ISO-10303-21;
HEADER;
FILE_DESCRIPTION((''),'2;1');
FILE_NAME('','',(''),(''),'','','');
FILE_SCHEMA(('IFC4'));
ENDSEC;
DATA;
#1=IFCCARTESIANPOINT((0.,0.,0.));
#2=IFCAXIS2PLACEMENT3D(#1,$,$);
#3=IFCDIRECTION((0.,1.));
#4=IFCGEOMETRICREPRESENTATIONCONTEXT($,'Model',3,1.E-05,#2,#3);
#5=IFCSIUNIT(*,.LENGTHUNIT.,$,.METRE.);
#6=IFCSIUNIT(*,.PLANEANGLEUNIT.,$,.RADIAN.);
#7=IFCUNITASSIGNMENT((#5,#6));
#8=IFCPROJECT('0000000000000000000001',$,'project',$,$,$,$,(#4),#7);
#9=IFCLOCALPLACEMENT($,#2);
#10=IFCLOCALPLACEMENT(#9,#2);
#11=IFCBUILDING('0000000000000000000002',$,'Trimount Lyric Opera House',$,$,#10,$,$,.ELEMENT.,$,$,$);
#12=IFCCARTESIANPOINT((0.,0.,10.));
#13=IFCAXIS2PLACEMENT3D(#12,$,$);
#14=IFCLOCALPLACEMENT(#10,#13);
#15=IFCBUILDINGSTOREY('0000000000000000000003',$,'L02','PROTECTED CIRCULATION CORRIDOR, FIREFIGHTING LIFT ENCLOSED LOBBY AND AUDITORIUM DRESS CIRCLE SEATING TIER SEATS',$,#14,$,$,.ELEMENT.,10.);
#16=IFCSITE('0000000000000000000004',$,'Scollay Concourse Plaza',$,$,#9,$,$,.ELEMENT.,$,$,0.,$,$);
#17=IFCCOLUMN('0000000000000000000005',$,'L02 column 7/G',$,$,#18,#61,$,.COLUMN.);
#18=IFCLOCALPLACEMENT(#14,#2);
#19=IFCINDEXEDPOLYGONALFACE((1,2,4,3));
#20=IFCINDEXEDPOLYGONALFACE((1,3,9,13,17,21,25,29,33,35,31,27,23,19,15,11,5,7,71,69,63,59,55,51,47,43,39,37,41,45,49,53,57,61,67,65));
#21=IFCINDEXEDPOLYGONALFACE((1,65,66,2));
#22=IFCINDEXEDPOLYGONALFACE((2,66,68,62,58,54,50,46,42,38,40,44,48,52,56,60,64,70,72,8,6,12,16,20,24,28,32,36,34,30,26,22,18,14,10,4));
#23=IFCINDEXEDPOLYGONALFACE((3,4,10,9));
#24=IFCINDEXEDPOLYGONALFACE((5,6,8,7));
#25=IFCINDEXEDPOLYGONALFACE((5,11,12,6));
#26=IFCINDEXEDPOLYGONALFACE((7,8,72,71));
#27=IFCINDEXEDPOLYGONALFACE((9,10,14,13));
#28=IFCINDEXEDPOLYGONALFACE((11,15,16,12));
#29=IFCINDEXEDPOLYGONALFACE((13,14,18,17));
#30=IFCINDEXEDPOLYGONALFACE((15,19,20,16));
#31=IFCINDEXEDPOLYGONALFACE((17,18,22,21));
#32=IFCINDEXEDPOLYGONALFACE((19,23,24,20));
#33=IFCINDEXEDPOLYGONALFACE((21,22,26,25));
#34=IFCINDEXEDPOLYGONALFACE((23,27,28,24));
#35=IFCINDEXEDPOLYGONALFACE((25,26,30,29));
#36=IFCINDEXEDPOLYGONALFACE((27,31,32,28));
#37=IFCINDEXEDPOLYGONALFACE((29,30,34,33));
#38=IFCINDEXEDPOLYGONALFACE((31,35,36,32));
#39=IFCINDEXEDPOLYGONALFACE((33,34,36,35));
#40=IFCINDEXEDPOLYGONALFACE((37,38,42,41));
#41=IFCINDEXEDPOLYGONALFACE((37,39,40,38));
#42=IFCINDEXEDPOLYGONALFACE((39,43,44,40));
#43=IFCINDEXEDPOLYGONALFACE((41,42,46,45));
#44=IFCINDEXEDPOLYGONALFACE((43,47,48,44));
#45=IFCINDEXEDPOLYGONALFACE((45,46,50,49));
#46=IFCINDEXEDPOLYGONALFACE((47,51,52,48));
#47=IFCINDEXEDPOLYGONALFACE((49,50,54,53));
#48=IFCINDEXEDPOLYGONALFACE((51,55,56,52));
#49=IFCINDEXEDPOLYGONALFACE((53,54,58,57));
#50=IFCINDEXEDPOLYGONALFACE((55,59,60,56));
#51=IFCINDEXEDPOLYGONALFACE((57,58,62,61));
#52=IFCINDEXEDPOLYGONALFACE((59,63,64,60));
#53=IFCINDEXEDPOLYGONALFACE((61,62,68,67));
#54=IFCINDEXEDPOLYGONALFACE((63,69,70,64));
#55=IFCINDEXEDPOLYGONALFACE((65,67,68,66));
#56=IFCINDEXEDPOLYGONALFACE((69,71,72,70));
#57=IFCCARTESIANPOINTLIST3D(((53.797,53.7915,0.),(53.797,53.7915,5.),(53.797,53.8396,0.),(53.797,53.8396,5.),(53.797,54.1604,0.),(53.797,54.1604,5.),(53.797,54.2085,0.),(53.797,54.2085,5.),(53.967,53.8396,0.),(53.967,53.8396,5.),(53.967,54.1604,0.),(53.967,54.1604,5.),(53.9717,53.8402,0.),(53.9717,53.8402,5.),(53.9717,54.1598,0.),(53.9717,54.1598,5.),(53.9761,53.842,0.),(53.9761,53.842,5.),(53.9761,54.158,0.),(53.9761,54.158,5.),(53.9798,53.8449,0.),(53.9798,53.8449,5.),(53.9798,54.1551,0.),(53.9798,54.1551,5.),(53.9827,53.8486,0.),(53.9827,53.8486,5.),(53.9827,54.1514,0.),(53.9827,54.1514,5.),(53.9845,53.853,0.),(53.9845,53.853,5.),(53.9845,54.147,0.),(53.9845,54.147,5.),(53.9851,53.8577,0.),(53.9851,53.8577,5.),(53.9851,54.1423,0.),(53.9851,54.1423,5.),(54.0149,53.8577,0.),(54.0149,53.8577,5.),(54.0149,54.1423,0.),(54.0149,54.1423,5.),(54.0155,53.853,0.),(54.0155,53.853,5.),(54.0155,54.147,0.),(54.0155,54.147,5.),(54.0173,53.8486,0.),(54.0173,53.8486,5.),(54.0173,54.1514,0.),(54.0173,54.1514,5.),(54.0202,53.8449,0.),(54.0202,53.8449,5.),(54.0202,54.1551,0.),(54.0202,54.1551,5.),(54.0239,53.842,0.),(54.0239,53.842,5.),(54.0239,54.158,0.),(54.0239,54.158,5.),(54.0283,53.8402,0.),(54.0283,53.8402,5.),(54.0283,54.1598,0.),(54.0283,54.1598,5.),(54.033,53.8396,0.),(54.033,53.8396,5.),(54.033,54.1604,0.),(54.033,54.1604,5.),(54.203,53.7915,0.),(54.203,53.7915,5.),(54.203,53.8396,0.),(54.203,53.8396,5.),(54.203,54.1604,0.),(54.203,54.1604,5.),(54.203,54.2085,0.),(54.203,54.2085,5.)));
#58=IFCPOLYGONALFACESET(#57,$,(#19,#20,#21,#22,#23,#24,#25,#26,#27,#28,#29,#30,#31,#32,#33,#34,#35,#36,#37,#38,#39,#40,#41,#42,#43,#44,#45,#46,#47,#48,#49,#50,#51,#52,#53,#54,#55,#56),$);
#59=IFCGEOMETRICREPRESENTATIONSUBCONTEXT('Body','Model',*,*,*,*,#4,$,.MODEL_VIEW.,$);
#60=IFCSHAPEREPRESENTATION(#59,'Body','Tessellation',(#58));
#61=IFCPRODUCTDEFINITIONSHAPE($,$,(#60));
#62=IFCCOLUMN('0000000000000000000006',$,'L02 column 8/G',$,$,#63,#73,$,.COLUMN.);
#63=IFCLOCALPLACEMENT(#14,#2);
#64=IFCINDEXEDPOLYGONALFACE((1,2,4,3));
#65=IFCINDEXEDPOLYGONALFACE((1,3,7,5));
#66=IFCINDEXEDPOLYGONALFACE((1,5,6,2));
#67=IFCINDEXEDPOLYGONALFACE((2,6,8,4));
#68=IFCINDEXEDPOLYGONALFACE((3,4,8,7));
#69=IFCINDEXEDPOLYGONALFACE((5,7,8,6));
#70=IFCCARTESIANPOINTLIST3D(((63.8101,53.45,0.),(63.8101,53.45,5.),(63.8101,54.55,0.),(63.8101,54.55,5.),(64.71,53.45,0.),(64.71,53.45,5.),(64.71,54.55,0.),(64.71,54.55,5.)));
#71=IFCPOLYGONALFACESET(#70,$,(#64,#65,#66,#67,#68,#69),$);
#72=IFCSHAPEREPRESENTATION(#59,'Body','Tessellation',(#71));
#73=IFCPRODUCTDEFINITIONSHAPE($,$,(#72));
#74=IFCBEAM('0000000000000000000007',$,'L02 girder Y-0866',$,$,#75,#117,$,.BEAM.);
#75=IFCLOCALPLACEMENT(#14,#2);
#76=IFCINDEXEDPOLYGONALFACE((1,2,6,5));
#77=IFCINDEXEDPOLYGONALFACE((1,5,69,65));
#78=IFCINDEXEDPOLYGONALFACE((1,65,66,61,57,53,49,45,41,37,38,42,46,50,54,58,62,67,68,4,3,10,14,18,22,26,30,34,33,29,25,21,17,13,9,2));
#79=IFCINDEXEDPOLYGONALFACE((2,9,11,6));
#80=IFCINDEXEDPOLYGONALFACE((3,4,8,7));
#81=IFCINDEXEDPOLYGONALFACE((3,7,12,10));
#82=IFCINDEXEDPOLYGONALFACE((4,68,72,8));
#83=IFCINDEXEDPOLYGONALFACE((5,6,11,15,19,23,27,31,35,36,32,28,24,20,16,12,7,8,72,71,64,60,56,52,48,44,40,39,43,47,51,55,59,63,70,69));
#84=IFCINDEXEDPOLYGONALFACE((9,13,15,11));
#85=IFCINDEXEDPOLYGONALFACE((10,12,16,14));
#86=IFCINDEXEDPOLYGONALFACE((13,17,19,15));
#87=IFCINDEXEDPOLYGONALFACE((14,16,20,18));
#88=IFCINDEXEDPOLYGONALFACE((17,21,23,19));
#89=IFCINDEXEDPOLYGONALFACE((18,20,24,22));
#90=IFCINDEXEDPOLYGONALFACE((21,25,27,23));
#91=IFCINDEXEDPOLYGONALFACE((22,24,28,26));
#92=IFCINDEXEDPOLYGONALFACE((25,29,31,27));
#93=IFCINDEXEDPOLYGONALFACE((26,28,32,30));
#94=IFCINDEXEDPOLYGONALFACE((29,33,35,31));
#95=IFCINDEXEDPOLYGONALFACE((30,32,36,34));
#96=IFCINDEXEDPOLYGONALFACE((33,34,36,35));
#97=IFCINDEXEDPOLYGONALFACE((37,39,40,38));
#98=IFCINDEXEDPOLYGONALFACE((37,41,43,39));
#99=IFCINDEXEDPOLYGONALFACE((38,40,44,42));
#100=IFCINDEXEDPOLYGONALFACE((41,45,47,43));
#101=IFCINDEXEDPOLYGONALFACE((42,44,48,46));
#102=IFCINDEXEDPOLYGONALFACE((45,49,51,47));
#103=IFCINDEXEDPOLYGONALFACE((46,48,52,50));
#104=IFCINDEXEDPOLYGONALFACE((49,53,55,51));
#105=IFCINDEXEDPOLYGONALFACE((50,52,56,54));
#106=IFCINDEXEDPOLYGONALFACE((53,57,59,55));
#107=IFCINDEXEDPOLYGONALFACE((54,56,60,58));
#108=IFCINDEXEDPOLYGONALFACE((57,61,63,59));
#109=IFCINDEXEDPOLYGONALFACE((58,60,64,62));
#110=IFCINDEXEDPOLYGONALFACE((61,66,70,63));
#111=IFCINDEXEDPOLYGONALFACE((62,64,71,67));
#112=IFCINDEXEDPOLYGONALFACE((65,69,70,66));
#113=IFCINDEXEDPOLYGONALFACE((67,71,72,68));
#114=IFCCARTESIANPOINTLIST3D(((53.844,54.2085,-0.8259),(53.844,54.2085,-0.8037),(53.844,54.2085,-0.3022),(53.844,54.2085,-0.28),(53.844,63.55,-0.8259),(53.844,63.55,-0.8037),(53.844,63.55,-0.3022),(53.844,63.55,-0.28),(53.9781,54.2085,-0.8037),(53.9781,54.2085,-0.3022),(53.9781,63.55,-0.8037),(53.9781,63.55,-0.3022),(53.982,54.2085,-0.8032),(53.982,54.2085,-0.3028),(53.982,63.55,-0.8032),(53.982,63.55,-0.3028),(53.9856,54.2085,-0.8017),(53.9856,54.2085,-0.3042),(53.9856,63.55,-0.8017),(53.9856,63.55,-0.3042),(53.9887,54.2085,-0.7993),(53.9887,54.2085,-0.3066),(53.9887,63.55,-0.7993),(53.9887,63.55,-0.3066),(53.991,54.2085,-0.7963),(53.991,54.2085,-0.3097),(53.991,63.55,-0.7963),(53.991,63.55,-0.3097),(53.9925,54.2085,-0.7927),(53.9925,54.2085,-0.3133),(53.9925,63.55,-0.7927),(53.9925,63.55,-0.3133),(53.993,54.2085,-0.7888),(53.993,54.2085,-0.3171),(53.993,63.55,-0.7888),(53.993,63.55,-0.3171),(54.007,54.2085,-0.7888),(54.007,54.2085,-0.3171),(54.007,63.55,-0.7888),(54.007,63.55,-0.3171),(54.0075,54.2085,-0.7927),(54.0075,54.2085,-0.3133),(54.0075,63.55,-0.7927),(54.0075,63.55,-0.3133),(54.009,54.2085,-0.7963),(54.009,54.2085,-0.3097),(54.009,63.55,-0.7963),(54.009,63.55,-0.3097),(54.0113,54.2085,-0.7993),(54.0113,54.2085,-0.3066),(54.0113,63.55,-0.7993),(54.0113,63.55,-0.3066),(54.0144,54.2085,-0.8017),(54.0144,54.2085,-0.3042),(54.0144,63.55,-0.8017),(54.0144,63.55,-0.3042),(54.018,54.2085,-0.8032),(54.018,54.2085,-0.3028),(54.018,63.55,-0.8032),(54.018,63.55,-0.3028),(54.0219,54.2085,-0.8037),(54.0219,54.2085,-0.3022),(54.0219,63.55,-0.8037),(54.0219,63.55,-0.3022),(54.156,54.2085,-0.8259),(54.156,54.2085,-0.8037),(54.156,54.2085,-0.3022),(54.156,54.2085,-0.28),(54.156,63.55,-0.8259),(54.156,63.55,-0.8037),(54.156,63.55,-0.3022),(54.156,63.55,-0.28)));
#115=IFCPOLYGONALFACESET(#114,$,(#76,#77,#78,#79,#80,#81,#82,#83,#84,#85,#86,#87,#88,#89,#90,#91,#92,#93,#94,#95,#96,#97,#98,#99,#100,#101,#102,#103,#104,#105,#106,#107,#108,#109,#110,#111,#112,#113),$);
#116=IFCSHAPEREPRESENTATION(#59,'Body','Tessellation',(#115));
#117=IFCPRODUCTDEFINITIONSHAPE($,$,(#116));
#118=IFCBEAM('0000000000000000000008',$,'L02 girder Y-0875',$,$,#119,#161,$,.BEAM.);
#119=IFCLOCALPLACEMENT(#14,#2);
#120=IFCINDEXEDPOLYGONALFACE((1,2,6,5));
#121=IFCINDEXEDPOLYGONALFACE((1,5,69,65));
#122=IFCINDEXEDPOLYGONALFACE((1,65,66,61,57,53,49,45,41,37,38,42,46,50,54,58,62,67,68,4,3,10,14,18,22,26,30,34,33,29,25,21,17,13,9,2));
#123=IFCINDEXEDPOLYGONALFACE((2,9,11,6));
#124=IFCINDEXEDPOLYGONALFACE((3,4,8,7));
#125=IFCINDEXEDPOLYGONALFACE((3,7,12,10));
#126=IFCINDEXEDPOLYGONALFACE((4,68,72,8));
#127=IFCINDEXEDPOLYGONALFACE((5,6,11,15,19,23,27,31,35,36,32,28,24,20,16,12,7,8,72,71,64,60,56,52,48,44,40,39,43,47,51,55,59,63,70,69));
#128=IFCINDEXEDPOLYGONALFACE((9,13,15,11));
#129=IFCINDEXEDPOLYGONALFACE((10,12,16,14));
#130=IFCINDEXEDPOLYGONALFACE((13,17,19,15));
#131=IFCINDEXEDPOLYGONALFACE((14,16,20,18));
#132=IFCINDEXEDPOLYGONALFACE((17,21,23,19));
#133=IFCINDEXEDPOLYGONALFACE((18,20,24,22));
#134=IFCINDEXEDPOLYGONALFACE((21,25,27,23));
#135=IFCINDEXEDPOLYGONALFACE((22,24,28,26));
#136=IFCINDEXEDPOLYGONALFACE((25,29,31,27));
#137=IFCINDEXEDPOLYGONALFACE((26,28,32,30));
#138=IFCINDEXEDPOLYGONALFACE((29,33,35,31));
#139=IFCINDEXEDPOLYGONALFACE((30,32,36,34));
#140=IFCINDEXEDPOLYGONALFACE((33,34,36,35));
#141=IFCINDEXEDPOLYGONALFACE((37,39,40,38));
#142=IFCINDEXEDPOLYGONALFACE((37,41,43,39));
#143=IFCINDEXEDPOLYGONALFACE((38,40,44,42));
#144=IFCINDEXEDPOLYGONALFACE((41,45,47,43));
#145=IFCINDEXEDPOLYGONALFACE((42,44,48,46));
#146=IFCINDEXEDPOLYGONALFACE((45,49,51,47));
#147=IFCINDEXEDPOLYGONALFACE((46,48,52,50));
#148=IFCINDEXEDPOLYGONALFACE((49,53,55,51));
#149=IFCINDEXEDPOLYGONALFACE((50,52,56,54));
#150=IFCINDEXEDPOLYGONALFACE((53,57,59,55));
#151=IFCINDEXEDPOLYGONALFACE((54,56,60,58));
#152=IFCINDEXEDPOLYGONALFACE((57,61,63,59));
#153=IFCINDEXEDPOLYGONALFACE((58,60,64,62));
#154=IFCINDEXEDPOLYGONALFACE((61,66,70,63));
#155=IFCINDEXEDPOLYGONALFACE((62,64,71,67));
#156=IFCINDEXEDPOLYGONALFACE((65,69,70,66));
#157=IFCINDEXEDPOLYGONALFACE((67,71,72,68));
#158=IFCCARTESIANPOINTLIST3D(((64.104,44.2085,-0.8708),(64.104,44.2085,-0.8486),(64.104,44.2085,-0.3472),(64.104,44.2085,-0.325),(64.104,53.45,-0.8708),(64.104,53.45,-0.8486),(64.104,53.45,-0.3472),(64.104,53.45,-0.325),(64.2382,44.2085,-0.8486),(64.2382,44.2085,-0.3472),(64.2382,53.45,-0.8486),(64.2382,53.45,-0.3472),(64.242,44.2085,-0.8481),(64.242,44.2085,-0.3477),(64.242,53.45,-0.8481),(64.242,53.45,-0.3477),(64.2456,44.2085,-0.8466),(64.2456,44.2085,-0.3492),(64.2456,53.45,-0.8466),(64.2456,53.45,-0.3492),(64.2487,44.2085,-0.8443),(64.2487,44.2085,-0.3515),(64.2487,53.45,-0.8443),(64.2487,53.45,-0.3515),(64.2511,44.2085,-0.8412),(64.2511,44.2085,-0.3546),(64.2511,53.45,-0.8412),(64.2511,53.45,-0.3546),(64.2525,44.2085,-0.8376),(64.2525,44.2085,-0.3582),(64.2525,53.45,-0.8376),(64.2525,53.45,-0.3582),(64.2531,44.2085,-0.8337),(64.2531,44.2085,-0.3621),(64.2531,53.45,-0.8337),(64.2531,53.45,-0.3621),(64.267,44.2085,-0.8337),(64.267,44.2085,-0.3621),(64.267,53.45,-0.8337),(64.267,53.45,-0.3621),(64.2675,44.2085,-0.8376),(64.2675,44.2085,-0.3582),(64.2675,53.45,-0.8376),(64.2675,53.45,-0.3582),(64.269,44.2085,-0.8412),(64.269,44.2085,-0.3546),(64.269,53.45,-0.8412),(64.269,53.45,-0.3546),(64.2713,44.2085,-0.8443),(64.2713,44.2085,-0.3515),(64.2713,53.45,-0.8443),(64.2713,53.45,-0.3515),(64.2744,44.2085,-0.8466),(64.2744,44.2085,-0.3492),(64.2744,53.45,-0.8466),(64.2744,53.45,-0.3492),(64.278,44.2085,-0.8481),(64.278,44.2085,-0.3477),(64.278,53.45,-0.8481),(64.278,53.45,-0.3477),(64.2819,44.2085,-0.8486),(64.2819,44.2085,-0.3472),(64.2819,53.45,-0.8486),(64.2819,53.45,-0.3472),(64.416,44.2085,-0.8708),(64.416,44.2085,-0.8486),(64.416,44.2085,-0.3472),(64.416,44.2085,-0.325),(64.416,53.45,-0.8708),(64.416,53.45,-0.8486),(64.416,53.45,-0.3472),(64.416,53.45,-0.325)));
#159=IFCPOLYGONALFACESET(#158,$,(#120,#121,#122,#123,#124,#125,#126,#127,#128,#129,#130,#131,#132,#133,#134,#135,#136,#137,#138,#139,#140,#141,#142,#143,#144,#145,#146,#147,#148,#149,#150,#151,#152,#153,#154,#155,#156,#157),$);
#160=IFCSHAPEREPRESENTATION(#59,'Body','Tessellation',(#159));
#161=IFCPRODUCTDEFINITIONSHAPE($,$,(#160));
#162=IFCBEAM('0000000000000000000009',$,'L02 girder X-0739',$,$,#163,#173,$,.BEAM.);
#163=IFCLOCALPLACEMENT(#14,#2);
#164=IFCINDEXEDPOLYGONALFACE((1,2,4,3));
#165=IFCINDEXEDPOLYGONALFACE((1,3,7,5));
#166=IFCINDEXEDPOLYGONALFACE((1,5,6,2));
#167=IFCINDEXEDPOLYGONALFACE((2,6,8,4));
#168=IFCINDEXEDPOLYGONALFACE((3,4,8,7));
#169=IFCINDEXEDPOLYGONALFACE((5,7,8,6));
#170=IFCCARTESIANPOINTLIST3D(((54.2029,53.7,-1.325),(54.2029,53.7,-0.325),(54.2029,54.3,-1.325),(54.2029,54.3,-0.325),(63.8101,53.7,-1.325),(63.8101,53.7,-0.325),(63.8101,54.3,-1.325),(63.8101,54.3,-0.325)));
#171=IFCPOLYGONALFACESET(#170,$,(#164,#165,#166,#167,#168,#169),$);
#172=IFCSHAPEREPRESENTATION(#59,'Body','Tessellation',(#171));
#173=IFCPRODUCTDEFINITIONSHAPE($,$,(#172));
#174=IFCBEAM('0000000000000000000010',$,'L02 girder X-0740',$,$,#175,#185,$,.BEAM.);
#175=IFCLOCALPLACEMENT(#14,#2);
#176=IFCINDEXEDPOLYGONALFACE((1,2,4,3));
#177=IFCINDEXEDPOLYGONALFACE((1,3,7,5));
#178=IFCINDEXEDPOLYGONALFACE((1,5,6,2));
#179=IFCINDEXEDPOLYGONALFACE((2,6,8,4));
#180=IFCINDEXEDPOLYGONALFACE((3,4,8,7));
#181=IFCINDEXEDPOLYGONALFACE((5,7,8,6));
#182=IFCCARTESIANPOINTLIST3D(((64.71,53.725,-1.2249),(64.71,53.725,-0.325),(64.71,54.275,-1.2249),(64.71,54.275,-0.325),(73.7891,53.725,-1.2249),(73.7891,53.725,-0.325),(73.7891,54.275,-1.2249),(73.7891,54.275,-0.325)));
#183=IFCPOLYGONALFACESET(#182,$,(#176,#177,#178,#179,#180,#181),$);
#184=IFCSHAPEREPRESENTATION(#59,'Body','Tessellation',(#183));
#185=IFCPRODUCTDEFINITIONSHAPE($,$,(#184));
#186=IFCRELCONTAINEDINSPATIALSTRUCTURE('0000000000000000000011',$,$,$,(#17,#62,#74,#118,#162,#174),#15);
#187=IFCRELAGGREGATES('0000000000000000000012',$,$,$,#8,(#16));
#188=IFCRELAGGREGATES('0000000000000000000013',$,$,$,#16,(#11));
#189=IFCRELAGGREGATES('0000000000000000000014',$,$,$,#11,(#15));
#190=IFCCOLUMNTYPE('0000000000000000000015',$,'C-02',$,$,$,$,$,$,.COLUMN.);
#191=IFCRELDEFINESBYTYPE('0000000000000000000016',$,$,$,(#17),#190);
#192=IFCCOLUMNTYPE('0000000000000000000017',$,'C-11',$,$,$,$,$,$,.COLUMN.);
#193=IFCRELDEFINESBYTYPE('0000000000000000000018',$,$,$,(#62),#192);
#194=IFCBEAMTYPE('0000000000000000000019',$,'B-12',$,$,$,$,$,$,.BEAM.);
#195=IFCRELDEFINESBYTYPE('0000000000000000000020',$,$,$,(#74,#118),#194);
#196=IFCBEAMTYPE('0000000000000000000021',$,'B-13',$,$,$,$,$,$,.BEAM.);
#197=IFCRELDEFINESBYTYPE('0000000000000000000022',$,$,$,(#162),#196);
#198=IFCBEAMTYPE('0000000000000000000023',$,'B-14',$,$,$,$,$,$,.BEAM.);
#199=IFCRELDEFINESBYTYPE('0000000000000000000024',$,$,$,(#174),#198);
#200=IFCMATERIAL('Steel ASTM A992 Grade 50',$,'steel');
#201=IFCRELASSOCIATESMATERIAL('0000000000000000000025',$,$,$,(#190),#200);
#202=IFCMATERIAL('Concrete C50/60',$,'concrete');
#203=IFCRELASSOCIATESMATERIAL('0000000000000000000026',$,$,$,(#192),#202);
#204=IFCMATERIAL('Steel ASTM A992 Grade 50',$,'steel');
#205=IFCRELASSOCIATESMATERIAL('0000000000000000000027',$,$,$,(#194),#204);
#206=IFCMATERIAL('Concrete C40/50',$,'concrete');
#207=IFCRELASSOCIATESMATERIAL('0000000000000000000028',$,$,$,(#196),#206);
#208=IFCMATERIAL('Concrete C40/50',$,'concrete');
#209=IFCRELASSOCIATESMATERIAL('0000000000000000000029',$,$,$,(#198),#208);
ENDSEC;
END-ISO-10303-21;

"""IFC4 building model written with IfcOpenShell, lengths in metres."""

from ifc_helpers import new_model, si_unit, direction, frame, origin, origin_2d, place, context, subcontext, project, spatial, rectangle, i_section, extrude, material, material_profile, profile_set, type_object, element, save


model = new_model("IFC4")

# Units and contexts
model_context = context("Model", 3, precision=1e-05, world=origin(), true_north=direction((0.0, 1.0)))
body_context = subcontext(model_context, "Body", "Model", "MODEL_VIEW")
ifc_project = project(units=[si_unit("LENGTHUNIT", "METRE"), si_unit("PLANEANGLEUNIT", "RADIAN")], contexts=[model_context])

# Site, building, storey
site_placement = place(None, origin())
site = spatial("IfcSite", under=ifc_project, at=site_placement, Name="Scollay Concourse Plaza", CompositionType="ELEMENT", RefElevation=0.0)
building_placement = place(site_placement, origin())
building = spatial("IfcBuilding", under=site, at=building_placement, Name="Trimount Lyric Opera House", CompositionType="ELEMENT")
storey_placement = place(building_placement, frame((0.0, 0.0, 10.0)))
storey = spatial("IfcBuildingStorey", under=building, at=storey_placement, Name="L02", Description="PROTECTED CIRCULATION CORRIDOR, FIREFIGHTING LIFT ENCLOSED LOBBY AND AUDITORIUM DRESS CIRCLE SEATING TIER SEATS", CompositionType="ELEMENT", Elevation=10.0)

# Columns
ifc_material_1 = material(Name="Steel ASTM A992 Grade 50", Category="steel")
ifc_material_profile_1 = material_profile(ifc_material_1, i_section(OverallWidth=0.406, OverallDepth=0.417, WebThickness=0.0298, FlangeThickness=0.0481, FilletRadius=0.0181, at=origin_2d()), Name="W14X257")
ifc_profile_set_1 = profile_set([ifc_material_profile_1], Name="Steel ASTM A992 Grade 50")
column_type_1 = type_object("IfcColumnType", Name="C-02", PredefinedType="COLUMN", material=ifc_profile_set_1)
column_1_placement = place(storey_placement, frame((54.0, 54.0, 0.0), z_axis=(0.0, 0.0, 1.0), x_axis=(1.0, 0.0, 0.0)))
element("IfcColumn", 1, at=column_1_placement, inside=storey, type_object=column_type_1, Name="L02 column 7/G", PredefinedType="COLUMN", context=body_context, shape_type="SweptSolid", body=[
    extrude(i_section(OverallWidth=0.406, OverallDepth=0.417, WebThickness=0.0298, FlangeThickness=0.0481, FilletRadius=0.0181, at=origin_2d()), origin(), (0.0, 0.0, 1.0), 5.0),
])
ifc_material_2 = material(Name="Concrete C50/60", Category="concrete")
ifc_material_profile_2 = material_profile(ifc_material_2, rectangle(XDim=0.8999, YDim=1.1001, at=origin_2d()), Name="RC1100X900")
ifc_profile_set_2 = profile_set([ifc_material_profile_2], Name="Concrete C50/60")
column_type_2 = type_object("IfcColumnType", Name="C-11", PredefinedType="COLUMN", material=ifc_profile_set_2)
column_2_placement = place(storey_placement, frame((64.26, 54.0, 0.0), z_axis=(0.0, 0.0, 1.0), x_axis=(1.0, 0.0, 0.0)))
element("IfcColumn", 2, at=column_2_placement, inside=storey, type_object=column_type_2, Name="L02 column 8/G", PredefinedType="COLUMN", context=body_context, shape_type="SweptSolid", body=[
    extrude(rectangle(XDim=0.8999, YDim=1.1001, at=origin_2d()), origin(), (0.0, 0.0, 1.0), 5.0),
])

# Beams
ifc_material_3 = material(Name="Steel ASTM A992 Grade 50", Category="steel")
ifc_material_profile_3 = material_profile(ifc_material_3, i_section(OverallWidth=0.312, OverallDepth=0.5459, WebThickness=0.0139, FlangeThickness=0.0222, FilletRadius=0.0149, at=origin_2d()), Name="W21X111")
ifc_profile_set_3 = profile_set([ifc_material_profile_3], Name="Steel ASTM A992 Grade 50")
beam_type_1 = type_object("IfcBeamType", Name="B-12", PredefinedType="BEAM", material=ifc_profile_set_3)
beam_1_placement = place(storey_placement, frame((54.0, 54.2085, -0.553), z_axis=(0.0, 1.0, 0.0), x_axis=(-1.0, 0.0, 0.0)))
element("IfcBeam", 3, at=beam_1_placement, inside=storey, type_object=beam_type_1, Name="L02 girder Y-0866", PredefinedType="BEAM", context=body_context, shape_type="SweptSolid", body=[
    extrude(i_section(OverallWidth=0.312, OverallDepth=0.5459, WebThickness=0.0139, FlangeThickness=0.0222, FilletRadius=0.0149, at=origin_2d()), origin(), (0.0, 0.0, 1.0), 9.3416),
])
beam_2_placement = place(storey_placement, frame((64.26, 44.2085, -0.5979), z_axis=(0.0, 1.0, 0.0), x_axis=(-1.0, 0.0, 0.0)))
element("IfcBeam", 4, at=beam_2_placement, inside=storey, type_object=beam_type_1, Name="L02 girder Y-0875", PredefinedType="BEAM", context=body_context, shape_type="SweptSolid", body=[
    extrude(i_section(OverallWidth=0.312, OverallDepth=0.5459, WebThickness=0.0139, FlangeThickness=0.0222, FilletRadius=0.0149, at=origin_2d()), origin(), (0.0, 0.0, 1.0), 9.2415),
])
ifc_material_4 = material(Name="Concrete C40/50", Category="concrete")
ifc_material_profile_4 = material_profile(ifc_material_4, rectangle(XDim=0.6001, YDim=1.0, at=origin_2d()), Name="RC600X1000")
ifc_profile_set_4 = profile_set([ifc_material_profile_4], Name="Concrete C40/50")
beam_type_2 = type_object("IfcBeamType", Name="B-13", PredefinedType="BEAM", material=ifc_profile_set_4)
beam_3_placement = place(storey_placement, frame((54.2029, 54.0, -0.825), z_axis=(1.0, 0.0, 0.0), x_axis=(0.0, 1.0, 0.0)))
element("IfcBeam", 5, at=beam_3_placement, inside=storey, type_object=beam_type_2, Name="L02 girder X-0739", PredefinedType="BEAM", context=body_context, shape_type="SweptSolid", body=[
    extrude(rectangle(XDim=0.6001, YDim=1.0, at=origin_2d()), origin(), (0.0, 0.0, 1.0), 9.6072),
])
ifc_material_5 = material(Name="Concrete C40/50", Category="concrete")
ifc_material_profile_5 = material_profile(ifc_material_5, rectangle(XDim=0.55, YDim=0.8999, at=origin_2d()), Name="RC550X900")
ifc_profile_set_5 = profile_set([ifc_material_profile_5], Name="Concrete C40/50")
beam_type_3 = type_object("IfcBeamType", Name="B-14", PredefinedType="BEAM", material=ifc_profile_set_5)
beam_4_placement = place(storey_placement, frame((64.71, 54.0, -0.7749), z_axis=(1.0, 0.0, 0.0), x_axis=(0.0, 1.0, 0.0)))
element("IfcBeam", 6, at=beam_4_placement, inside=storey, type_object=beam_type_3, Name="L02 girder X-0740", PredefinedType="BEAM", context=body_context, shape_type="SweptSolid", body=[
    extrude(rectangle(XDim=0.55, YDim=0.8999, at=origin_2d()), origin(), (0.0, 0.0, 1.0), 9.0791),
])

save(model, "model.ifc")
